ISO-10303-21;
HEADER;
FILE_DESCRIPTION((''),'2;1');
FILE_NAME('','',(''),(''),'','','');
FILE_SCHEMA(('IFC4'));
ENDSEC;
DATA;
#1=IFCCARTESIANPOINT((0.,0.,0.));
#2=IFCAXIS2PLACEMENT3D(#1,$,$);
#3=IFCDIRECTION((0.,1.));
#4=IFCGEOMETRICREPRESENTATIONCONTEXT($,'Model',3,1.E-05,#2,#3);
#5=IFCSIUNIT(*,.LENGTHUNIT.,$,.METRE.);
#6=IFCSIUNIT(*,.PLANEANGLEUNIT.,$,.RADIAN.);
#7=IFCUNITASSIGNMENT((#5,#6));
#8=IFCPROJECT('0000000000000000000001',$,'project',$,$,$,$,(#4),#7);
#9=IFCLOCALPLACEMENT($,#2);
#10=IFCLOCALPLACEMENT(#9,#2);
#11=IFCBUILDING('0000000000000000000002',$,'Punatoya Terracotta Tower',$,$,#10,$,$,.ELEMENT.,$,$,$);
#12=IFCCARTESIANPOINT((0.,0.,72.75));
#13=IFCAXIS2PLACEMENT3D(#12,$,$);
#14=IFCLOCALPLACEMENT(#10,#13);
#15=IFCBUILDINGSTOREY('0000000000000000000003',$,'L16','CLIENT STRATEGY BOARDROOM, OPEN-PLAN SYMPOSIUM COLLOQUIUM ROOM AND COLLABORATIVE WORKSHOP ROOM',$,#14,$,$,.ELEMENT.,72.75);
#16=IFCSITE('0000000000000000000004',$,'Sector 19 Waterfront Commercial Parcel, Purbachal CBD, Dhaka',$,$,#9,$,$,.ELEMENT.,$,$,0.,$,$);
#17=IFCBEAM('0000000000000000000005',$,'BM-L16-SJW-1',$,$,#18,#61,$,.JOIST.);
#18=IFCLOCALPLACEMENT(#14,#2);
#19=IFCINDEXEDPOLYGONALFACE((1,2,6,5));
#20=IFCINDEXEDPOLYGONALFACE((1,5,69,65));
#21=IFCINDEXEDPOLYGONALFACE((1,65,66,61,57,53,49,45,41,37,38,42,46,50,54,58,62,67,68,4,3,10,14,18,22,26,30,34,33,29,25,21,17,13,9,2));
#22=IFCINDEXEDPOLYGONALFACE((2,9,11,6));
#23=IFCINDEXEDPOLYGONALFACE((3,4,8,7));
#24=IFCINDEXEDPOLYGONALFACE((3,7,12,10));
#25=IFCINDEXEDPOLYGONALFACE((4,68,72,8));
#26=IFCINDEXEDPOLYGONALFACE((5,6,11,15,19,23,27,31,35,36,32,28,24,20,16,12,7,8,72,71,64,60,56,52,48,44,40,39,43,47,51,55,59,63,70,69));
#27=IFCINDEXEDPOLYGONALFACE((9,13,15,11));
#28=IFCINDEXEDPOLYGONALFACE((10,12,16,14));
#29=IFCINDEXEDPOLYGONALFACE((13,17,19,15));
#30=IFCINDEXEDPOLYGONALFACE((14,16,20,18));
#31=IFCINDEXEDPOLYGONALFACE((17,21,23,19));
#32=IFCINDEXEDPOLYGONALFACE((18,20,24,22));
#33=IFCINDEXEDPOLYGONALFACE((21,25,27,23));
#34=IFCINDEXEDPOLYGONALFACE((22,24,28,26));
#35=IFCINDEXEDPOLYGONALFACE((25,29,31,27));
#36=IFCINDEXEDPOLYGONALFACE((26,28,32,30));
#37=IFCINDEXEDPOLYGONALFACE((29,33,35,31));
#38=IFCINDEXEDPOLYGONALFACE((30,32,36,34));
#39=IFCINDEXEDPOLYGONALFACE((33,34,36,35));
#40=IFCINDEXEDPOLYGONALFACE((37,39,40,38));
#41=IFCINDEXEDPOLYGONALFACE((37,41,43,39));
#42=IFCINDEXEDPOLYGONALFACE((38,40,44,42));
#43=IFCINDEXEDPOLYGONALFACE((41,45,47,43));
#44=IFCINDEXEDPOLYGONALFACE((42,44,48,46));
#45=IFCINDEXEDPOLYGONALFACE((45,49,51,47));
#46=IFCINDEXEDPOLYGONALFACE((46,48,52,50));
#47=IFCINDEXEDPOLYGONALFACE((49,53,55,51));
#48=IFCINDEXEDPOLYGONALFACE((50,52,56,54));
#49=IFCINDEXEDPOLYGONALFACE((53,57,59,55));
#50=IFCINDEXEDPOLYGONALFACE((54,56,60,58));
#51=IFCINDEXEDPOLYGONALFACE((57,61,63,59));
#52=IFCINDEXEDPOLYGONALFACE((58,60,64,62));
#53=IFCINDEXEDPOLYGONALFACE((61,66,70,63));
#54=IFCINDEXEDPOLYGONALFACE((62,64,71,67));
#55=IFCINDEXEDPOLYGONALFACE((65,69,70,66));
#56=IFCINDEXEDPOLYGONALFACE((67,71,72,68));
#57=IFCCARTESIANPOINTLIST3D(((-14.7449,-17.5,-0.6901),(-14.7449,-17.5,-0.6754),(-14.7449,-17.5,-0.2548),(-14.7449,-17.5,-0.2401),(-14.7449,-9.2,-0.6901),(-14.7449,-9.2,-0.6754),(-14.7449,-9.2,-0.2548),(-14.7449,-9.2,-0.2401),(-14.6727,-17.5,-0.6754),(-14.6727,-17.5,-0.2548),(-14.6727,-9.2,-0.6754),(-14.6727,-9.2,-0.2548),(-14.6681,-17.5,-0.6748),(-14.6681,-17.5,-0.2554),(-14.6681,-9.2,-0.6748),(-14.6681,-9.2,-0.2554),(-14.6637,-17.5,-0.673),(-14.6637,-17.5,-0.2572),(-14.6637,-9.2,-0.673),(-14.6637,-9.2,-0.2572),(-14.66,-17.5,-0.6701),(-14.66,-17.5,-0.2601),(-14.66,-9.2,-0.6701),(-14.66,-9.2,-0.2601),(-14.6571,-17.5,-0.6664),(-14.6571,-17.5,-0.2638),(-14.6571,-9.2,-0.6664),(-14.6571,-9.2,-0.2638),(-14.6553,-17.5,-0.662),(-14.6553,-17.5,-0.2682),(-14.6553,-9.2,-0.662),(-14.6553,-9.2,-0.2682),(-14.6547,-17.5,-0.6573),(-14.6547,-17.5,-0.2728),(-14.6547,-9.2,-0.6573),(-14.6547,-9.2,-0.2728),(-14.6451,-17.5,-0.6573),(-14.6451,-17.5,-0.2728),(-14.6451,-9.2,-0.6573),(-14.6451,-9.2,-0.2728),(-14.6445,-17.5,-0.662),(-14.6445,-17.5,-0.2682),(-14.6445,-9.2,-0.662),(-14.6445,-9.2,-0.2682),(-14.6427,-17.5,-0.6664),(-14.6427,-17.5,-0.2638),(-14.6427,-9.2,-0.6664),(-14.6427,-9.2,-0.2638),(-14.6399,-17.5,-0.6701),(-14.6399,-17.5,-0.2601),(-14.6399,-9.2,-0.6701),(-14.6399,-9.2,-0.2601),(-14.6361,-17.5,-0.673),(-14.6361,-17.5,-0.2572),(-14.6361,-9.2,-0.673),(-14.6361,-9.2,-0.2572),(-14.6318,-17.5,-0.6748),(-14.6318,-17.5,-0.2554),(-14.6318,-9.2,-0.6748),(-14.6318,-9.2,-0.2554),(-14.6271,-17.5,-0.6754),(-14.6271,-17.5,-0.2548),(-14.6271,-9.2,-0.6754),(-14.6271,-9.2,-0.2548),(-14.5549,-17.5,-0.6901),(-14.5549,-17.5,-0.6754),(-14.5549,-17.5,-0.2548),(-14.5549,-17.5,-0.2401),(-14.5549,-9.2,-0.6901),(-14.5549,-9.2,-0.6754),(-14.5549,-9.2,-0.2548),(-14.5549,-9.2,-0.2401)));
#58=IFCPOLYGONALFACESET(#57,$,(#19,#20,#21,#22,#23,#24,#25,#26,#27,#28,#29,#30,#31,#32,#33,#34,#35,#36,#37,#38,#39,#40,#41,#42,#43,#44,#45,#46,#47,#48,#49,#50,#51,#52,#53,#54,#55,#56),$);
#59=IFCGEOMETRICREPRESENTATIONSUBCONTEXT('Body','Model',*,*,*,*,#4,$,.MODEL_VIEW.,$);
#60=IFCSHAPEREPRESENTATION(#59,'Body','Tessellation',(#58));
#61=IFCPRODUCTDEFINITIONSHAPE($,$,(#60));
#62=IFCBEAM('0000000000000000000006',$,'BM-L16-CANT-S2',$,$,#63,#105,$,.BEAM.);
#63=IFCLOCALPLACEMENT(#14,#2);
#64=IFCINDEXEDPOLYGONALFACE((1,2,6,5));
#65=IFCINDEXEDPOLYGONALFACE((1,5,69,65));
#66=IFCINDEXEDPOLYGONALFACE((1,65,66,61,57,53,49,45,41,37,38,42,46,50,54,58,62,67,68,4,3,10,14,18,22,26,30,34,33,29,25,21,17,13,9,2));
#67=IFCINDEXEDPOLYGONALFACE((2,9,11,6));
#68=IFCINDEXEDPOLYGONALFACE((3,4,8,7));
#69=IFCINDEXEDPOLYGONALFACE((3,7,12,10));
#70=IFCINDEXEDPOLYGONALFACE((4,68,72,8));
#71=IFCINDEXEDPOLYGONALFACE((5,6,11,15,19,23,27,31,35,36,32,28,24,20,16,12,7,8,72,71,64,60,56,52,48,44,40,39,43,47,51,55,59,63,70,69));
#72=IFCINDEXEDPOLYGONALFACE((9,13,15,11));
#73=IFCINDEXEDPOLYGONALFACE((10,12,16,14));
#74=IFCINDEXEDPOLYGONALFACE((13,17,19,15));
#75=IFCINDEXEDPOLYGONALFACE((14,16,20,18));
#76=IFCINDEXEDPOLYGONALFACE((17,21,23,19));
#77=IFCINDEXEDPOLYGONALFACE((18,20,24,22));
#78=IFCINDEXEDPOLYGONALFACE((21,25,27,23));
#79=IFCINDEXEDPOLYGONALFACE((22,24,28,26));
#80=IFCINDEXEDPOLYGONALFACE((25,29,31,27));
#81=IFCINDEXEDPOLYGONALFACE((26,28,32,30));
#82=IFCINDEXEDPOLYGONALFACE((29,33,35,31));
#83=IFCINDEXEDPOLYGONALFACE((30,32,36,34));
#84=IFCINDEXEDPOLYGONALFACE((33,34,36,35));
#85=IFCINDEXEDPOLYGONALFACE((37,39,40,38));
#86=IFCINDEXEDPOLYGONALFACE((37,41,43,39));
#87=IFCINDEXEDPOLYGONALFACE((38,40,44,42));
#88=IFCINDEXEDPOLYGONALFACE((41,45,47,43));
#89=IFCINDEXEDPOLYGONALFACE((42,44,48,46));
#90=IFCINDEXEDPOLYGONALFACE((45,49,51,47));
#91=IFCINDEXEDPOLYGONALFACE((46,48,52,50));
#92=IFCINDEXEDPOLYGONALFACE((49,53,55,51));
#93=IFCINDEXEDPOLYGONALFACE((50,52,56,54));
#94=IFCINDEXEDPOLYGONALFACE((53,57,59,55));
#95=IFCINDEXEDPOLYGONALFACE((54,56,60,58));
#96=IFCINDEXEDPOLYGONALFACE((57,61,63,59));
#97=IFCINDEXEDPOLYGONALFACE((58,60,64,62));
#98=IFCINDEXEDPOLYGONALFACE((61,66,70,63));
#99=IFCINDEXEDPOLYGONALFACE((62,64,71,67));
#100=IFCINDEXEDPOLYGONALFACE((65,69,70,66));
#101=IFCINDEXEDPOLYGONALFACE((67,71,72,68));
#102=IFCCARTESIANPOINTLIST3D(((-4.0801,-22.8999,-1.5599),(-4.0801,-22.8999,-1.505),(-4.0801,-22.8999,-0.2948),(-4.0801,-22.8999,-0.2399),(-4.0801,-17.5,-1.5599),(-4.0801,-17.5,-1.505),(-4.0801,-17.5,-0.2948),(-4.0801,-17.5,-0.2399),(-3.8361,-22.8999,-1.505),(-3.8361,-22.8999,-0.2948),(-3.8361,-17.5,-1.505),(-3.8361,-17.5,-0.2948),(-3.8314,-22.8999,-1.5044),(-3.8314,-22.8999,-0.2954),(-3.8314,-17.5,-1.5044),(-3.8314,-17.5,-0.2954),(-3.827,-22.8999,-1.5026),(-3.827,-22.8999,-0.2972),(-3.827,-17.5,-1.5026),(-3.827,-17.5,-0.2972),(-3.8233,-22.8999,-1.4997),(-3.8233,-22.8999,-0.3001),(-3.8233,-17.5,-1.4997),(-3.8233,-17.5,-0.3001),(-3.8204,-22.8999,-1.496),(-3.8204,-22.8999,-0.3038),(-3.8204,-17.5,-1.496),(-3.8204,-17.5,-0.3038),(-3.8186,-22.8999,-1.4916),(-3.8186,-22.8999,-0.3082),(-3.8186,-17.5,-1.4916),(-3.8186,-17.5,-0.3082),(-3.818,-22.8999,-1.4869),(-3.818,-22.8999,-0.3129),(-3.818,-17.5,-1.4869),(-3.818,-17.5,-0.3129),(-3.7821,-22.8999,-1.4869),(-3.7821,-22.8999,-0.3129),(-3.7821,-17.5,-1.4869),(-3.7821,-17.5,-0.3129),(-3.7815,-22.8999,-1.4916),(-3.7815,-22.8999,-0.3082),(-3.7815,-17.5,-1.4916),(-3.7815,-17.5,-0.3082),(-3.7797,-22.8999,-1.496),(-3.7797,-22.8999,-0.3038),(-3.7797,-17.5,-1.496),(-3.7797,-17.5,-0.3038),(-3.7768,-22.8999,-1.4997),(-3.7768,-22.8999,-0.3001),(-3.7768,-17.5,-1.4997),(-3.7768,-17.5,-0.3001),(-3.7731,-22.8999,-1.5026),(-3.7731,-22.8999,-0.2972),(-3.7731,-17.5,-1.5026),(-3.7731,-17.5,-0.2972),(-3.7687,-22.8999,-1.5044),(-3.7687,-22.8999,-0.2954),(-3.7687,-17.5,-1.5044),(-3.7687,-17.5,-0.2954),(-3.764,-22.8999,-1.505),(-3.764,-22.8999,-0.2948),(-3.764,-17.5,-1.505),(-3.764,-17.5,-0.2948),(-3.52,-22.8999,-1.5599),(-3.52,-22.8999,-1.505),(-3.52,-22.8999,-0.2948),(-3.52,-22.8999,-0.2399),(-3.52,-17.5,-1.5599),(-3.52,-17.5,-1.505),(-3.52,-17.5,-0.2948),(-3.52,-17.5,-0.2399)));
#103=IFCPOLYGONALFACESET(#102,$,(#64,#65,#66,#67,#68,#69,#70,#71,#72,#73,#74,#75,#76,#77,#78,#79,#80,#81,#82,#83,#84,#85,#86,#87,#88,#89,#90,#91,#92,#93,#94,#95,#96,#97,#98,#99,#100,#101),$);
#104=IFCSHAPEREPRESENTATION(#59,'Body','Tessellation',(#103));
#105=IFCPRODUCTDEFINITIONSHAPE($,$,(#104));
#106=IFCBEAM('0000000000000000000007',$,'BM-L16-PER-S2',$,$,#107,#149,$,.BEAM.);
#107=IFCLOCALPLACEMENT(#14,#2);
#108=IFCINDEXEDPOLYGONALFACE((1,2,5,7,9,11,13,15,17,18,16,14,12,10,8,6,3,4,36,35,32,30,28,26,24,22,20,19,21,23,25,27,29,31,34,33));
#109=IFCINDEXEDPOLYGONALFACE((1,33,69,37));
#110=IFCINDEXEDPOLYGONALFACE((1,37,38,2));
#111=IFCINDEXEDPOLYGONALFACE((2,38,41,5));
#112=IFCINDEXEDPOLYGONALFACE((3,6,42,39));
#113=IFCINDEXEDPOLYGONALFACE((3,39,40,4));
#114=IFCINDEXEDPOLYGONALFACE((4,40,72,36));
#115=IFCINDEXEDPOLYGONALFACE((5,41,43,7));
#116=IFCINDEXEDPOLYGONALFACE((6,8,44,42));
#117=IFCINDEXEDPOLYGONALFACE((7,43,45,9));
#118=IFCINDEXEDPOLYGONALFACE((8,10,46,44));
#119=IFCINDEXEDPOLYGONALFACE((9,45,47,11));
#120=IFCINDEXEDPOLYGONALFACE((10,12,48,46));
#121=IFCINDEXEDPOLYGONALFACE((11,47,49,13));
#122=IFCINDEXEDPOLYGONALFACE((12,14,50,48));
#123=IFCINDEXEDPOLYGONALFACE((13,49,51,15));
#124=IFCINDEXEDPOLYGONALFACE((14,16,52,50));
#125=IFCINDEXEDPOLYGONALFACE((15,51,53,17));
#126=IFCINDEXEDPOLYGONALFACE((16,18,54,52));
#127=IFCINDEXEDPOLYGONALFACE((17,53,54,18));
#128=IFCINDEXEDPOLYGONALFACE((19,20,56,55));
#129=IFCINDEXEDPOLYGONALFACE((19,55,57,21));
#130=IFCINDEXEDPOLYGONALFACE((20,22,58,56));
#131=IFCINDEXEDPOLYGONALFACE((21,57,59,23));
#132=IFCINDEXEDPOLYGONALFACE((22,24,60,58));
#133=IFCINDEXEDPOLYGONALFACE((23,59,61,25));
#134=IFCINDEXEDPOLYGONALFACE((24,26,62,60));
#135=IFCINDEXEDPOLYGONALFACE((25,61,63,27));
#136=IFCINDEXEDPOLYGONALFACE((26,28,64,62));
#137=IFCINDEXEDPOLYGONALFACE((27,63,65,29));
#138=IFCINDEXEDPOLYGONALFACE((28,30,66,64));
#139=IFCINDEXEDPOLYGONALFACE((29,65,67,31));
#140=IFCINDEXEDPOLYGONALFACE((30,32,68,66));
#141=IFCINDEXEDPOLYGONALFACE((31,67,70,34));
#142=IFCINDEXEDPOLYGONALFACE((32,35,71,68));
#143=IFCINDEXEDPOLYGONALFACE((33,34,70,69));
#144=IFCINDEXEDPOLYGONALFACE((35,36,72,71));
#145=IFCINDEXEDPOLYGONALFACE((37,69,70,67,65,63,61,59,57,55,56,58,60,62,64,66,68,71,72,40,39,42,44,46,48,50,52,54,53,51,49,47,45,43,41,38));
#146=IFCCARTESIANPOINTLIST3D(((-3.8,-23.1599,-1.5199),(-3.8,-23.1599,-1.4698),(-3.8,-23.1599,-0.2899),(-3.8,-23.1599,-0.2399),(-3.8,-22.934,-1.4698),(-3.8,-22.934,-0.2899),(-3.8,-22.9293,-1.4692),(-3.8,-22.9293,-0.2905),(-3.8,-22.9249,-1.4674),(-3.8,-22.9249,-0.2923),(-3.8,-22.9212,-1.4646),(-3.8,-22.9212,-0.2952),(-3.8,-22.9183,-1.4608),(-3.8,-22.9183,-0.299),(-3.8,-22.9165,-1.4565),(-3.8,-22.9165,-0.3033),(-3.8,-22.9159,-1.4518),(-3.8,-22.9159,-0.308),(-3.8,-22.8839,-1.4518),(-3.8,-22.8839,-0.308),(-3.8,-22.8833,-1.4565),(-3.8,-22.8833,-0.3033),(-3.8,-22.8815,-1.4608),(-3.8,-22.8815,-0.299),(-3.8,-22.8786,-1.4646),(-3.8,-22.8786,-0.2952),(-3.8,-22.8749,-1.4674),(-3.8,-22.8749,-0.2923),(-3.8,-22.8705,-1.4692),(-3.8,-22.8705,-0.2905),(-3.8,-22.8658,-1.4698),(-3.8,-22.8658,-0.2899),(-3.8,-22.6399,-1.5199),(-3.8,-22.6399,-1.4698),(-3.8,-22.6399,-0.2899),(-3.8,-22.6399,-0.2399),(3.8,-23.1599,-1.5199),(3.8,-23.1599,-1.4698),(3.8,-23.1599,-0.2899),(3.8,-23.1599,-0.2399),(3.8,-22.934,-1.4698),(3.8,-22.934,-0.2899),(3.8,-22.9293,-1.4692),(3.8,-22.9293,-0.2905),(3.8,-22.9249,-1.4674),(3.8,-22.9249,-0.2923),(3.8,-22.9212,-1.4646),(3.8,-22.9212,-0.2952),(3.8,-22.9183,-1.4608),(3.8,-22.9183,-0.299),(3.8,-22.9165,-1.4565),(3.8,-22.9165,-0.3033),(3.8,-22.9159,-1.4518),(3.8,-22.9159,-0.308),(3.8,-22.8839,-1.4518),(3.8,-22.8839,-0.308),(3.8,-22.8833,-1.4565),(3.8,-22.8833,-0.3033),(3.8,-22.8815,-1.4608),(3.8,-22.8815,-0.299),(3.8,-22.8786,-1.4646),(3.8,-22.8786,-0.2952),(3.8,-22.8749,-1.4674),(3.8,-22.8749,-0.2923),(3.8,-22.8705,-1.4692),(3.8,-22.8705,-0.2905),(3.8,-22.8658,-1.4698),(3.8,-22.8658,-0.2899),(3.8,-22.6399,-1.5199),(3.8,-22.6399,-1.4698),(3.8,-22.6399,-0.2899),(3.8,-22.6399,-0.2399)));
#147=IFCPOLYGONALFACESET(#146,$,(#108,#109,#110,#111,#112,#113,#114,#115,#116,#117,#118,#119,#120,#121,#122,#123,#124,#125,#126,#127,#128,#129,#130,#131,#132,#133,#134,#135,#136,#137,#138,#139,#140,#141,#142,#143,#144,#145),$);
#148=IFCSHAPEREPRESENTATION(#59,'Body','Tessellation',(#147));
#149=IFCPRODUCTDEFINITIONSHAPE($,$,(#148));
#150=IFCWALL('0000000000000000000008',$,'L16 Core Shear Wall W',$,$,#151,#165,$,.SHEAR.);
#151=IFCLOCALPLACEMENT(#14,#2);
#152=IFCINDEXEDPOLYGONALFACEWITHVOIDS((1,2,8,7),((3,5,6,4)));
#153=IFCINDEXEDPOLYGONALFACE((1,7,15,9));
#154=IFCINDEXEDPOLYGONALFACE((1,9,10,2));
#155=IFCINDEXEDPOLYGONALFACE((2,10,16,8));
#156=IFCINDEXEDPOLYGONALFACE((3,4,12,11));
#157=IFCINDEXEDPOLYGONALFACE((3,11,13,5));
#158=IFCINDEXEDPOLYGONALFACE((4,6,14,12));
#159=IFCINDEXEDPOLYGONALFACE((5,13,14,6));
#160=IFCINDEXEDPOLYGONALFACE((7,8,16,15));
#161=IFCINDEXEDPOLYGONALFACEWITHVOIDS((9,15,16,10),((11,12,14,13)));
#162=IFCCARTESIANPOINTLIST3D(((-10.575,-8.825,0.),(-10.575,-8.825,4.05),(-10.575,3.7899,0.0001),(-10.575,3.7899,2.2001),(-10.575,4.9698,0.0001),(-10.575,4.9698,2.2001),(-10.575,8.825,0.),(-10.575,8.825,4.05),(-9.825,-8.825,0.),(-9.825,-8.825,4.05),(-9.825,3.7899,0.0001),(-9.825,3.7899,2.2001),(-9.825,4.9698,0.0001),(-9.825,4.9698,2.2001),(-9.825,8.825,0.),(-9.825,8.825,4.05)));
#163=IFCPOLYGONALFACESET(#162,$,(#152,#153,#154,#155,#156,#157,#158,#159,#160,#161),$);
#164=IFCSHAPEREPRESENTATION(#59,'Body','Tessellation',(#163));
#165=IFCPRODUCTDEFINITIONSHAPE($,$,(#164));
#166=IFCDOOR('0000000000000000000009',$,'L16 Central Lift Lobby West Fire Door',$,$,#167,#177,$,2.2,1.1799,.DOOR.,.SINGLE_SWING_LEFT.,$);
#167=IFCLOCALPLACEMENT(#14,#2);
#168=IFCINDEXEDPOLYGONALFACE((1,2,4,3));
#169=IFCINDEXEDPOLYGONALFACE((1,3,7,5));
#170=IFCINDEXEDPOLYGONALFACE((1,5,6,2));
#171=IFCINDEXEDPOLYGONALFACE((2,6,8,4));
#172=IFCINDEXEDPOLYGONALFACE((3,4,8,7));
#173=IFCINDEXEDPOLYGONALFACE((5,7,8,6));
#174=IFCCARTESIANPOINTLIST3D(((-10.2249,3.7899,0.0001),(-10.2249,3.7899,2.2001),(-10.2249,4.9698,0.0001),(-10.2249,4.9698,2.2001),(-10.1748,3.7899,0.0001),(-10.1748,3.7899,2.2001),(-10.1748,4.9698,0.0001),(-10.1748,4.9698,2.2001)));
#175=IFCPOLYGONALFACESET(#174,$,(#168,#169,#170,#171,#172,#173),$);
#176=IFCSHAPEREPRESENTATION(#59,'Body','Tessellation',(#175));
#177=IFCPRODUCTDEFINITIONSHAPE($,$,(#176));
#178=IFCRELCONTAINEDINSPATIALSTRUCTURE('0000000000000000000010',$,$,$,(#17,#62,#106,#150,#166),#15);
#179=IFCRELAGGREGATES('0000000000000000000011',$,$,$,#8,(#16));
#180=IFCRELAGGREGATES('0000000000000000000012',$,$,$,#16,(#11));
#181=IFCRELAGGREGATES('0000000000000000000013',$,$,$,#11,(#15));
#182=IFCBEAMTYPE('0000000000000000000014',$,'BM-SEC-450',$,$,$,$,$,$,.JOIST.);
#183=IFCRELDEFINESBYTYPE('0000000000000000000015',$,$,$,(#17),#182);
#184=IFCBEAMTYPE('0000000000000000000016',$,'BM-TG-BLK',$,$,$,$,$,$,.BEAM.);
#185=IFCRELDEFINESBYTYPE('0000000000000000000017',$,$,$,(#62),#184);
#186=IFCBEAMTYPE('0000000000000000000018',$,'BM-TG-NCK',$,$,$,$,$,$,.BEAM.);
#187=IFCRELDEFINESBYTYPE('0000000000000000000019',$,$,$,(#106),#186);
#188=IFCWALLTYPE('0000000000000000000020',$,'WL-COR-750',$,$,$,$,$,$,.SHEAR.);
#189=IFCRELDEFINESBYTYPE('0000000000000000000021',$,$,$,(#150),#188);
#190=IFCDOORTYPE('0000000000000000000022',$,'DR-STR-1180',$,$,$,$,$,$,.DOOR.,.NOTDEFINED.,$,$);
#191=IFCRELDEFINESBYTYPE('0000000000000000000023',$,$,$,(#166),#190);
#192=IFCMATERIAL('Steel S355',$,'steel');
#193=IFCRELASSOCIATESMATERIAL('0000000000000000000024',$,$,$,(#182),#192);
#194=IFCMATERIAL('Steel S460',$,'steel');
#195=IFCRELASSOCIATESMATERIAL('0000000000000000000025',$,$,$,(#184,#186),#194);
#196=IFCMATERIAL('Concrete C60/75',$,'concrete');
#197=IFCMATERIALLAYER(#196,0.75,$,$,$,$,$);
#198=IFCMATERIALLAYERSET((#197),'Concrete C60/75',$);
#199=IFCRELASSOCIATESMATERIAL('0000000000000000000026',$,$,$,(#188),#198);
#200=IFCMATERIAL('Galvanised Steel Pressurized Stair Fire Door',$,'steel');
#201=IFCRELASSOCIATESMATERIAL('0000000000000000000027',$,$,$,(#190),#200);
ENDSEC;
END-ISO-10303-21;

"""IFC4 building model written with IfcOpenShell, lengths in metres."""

from ifc_helpers import new_model, si_unit, direction, frame, frame_2d, origin, origin_2d, place, context, subcontext, project, spatial, rectangle, i_section, extrude, material, layer, layer_set, material_profile, profile_set, type_object, element, fill, save


model = new_model("IFC4")

# Units and contexts
model_context = context("Model", 3, precision=1e-05, world=origin(), true_north=direction((0.0, 1.0)))
body_context = subcontext(model_context, "Body", "Model", "MODEL_VIEW")
ifc_project = project(units=[si_unit("LENGTHUNIT", "METRE"), si_unit("PLANEANGLEUNIT", "RADIAN")], contexts=[model_context])

# Site, building, storey
site_placement = place(None, origin())
site = spatial("IfcSite", under=ifc_project, at=site_placement, Name="Sector 19 Waterfront Commercial Parcel, Purbachal CBD, Dhaka", CompositionType="ELEMENT", RefElevation=0.0)
building_placement = place(site_placement, origin())
building = spatial("IfcBuilding", under=site, at=building_placement, Name="Punatoya Terracotta Tower", CompositionType="ELEMENT")
storey_placement = place(building_placement, frame((0.0, 0.0, 72.75)))
storey = spatial("IfcBuildingStorey", under=building, at=storey_placement, Name="L16", Description="CLIENT STRATEGY BOARDROOM, OPEN-PLAN SYMPOSIUM COLLOQUIUM ROOM AND COLLABORATIVE WORKSHOP ROOM", CompositionType="ELEMENT", Elevation=72.75)

# Shared definitions
ifc_material_1 = material(Name="Steel S460", Category="steel")

# Beams
ifc_material_2 = material(Name="Steel S355", Category="steel")
ifc_material_profile_1 = material_profile(ifc_material_2, i_section(OverallWidth=0.1899, OverallDepth=0.45, WebThickness=0.0095, FlangeThickness=0.0146, FilletRadius=0.0181, at=origin_2d()))
ifc_profile_set_1 = profile_set([ifc_material_profile_1], Name="Steel S355")
beam_type_1 = type_object("IfcBeamType", Name="BM-SEC-450", PredefinedType="JOIST", material=ifc_profile_set_1)
beam_1_placement = place(storey_placement, frame((-14.6499, -17.5, -0.4651), z_axis=(0.0, 1.0, 0.0), x_axis=(-1.0, 0.0, 0.0)))
element("IfcBeam", 1, at=beam_1_placement, inside=storey, type_object=beam_type_1, Name="BM-L16-SJW-1", PredefinedType="JOIST", context=body_context, shape_type="SweptSolid", body=[
    extrude(i_section(OverallWidth=0.1899, OverallDepth=0.45, WebThickness=0.0095, FlangeThickness=0.0146, FilletRadius=0.0181, at=origin_2d()), origin(), (0.0, 0.0, 1.0), 8.3),
])
ifc_material_profile_2 = material_profile(ifc_material_1, i_section(OverallWidth=0.5601, OverallDepth=1.3201, WebThickness=0.0359, FlangeThickness=0.0549, FilletRadius=0.0181, at=origin_2d()))
ifc_profile_set_2 = profile_set([ifc_material_profile_2], Name="Steel S460")
beam_type_2 = type_object("IfcBeamType", Name="BM-TG-BLK", PredefinedType="BEAM", material=ifc_profile_set_2)
beam_2_placement = place(storey_placement, frame((-3.8, -22.8999, -0.8999), z_axis=(0.0, 1.0, 0.0), x_axis=(-1.0, 0.0, 0.0)))
element("IfcBeam", 2, at=beam_2_placement, inside=storey, type_object=beam_type_2, Name="BM-L16-CANT-S2", PredefinedType="BEAM", context=body_context, shape_type="SweptSolid", body=[
    extrude(i_section(OverallWidth=0.5601, OverallDepth=1.3201, WebThickness=0.0359, FlangeThickness=0.0549, FilletRadius=0.0181, at=origin_2d()), origin(), (0.0, 0.0, 1.0), 5.3999),
])
ifc_material_profile_3 = material_profile(ifc_material_1, i_section(OverallWidth=0.52, OverallDepth=1.28, WebThickness=0.032, FlangeThickness=0.05, FilletRadius=0.0181, at=origin_2d()))
ifc_profile_set_3 = profile_set([ifc_material_profile_3], Name="Steel S460")
beam_type_3 = type_object("IfcBeamType", Name="BM-TG-NCK", PredefinedType="BEAM", material=ifc_profile_set_3)
beam_3_placement = place(storey_placement, frame((-3.8, -22.8999, -0.8799), z_axis=(1.0, 0.0, 0.0), x_axis=(0.0, 1.0, 0.0)))
element("IfcBeam", 3, at=beam_3_placement, inside=storey, type_object=beam_type_3, Name="BM-L16-PER-S2", PredefinedType="BEAM", context=body_context, shape_type="SweptSolid", body=[
    extrude(i_section(OverallWidth=0.52, OverallDepth=1.28, WebThickness=0.032, FlangeThickness=0.05, FilletRadius=0.0181, at=origin_2d()), origin(), (0.0, 0.0, 1.0), 7.6001),
])

# Wall, opening, door
ifc_material_3 = material(Name="Concrete C60/75", Category="concrete")
ifc_layer_1 = layer(ifc_material_3, 0.75)
ifc_layer_set_1 = layer_set([ifc_layer_1], Name="Concrete C60/75")
wall_type_1 = type_object("IfcWallType", Name="WL-COR-750", PredefinedType="SHEAR", material=ifc_layer_set_1)
wall_1_placement = place(storey_placement, frame((-10.2, -8.825, 0.0), z_axis=(0.0, 0.0, 1.0), x_axis=(0.0, 1.0, 0.0)))
wall_1 = element("IfcWall", 4, at=wall_1_placement, inside=storey, type_object=wall_type_1, Name="L16 Core Shear Wall W", PredefinedType="SHEAR", context=body_context, shape_type="SweptSolid", body=[
    extrude(rectangle(XDim=17.6499, YDim=0.75, at=frame_2d((8.825, 0.0))), origin(), (0.0, 0.0, 1.0), 4.05),
])
opening_1_placement = place(wall_1_placement, frame((12.615, 0.0, 0.0)))
opening_1 = element("IfcOpeningElement", 5, at=opening_1_placement, cuts=wall_1, PredefinedType="OPENING", context=body_context, shape_type="SweptSolid", body=[
    extrude(rectangle(XDim=1.1799, YDim=2.2, at=frame_2d((0.5898, 1.1001))), frame((0.0, 0.385, 0.0), z_axis=(0.0, -1.0, 0.0), x_axis=(1.0, 0.0, 0.0)), (0.0, 0.0, 1.0), 0.77),
])
ifc_material_4 = material(Name="Galvanised Steel Pressurized Stair Fire Door", Category="steel")
door_type_1 = type_object("IfcDoorType", Name="DR-STR-1180", OperationType="NOTDEFINED", PredefinedType="DOOR", material=ifc_material_4)
door_1_placement = place(opening_1_placement, origin())
door_1 = element("IfcDoor", 6, at=door_1_placement, inside=storey, type_object=door_type_1, Name="L16 Central Lift Lobby West Fire Door", OperationType="SINGLE_SWING_LEFT", OverallHeight=2.2, OverallWidth=1.1799, PredefinedType="DOOR", context=body_context, shape_type="SweptSolid", body=[
    extrude(rectangle(XDim=1.1799, YDim=2.2, at=frame_2d((0.5898, 1.1001))), frame((0.0, 0.0249, 0.0), z_axis=(0.0, -1.0, 0.0), x_axis=(1.0, 0.0, 0.0)), (0.0, 0.0, 1.0), 0.05),
])
fill(opening_1, door_1)

save(model, "model.ifc")
